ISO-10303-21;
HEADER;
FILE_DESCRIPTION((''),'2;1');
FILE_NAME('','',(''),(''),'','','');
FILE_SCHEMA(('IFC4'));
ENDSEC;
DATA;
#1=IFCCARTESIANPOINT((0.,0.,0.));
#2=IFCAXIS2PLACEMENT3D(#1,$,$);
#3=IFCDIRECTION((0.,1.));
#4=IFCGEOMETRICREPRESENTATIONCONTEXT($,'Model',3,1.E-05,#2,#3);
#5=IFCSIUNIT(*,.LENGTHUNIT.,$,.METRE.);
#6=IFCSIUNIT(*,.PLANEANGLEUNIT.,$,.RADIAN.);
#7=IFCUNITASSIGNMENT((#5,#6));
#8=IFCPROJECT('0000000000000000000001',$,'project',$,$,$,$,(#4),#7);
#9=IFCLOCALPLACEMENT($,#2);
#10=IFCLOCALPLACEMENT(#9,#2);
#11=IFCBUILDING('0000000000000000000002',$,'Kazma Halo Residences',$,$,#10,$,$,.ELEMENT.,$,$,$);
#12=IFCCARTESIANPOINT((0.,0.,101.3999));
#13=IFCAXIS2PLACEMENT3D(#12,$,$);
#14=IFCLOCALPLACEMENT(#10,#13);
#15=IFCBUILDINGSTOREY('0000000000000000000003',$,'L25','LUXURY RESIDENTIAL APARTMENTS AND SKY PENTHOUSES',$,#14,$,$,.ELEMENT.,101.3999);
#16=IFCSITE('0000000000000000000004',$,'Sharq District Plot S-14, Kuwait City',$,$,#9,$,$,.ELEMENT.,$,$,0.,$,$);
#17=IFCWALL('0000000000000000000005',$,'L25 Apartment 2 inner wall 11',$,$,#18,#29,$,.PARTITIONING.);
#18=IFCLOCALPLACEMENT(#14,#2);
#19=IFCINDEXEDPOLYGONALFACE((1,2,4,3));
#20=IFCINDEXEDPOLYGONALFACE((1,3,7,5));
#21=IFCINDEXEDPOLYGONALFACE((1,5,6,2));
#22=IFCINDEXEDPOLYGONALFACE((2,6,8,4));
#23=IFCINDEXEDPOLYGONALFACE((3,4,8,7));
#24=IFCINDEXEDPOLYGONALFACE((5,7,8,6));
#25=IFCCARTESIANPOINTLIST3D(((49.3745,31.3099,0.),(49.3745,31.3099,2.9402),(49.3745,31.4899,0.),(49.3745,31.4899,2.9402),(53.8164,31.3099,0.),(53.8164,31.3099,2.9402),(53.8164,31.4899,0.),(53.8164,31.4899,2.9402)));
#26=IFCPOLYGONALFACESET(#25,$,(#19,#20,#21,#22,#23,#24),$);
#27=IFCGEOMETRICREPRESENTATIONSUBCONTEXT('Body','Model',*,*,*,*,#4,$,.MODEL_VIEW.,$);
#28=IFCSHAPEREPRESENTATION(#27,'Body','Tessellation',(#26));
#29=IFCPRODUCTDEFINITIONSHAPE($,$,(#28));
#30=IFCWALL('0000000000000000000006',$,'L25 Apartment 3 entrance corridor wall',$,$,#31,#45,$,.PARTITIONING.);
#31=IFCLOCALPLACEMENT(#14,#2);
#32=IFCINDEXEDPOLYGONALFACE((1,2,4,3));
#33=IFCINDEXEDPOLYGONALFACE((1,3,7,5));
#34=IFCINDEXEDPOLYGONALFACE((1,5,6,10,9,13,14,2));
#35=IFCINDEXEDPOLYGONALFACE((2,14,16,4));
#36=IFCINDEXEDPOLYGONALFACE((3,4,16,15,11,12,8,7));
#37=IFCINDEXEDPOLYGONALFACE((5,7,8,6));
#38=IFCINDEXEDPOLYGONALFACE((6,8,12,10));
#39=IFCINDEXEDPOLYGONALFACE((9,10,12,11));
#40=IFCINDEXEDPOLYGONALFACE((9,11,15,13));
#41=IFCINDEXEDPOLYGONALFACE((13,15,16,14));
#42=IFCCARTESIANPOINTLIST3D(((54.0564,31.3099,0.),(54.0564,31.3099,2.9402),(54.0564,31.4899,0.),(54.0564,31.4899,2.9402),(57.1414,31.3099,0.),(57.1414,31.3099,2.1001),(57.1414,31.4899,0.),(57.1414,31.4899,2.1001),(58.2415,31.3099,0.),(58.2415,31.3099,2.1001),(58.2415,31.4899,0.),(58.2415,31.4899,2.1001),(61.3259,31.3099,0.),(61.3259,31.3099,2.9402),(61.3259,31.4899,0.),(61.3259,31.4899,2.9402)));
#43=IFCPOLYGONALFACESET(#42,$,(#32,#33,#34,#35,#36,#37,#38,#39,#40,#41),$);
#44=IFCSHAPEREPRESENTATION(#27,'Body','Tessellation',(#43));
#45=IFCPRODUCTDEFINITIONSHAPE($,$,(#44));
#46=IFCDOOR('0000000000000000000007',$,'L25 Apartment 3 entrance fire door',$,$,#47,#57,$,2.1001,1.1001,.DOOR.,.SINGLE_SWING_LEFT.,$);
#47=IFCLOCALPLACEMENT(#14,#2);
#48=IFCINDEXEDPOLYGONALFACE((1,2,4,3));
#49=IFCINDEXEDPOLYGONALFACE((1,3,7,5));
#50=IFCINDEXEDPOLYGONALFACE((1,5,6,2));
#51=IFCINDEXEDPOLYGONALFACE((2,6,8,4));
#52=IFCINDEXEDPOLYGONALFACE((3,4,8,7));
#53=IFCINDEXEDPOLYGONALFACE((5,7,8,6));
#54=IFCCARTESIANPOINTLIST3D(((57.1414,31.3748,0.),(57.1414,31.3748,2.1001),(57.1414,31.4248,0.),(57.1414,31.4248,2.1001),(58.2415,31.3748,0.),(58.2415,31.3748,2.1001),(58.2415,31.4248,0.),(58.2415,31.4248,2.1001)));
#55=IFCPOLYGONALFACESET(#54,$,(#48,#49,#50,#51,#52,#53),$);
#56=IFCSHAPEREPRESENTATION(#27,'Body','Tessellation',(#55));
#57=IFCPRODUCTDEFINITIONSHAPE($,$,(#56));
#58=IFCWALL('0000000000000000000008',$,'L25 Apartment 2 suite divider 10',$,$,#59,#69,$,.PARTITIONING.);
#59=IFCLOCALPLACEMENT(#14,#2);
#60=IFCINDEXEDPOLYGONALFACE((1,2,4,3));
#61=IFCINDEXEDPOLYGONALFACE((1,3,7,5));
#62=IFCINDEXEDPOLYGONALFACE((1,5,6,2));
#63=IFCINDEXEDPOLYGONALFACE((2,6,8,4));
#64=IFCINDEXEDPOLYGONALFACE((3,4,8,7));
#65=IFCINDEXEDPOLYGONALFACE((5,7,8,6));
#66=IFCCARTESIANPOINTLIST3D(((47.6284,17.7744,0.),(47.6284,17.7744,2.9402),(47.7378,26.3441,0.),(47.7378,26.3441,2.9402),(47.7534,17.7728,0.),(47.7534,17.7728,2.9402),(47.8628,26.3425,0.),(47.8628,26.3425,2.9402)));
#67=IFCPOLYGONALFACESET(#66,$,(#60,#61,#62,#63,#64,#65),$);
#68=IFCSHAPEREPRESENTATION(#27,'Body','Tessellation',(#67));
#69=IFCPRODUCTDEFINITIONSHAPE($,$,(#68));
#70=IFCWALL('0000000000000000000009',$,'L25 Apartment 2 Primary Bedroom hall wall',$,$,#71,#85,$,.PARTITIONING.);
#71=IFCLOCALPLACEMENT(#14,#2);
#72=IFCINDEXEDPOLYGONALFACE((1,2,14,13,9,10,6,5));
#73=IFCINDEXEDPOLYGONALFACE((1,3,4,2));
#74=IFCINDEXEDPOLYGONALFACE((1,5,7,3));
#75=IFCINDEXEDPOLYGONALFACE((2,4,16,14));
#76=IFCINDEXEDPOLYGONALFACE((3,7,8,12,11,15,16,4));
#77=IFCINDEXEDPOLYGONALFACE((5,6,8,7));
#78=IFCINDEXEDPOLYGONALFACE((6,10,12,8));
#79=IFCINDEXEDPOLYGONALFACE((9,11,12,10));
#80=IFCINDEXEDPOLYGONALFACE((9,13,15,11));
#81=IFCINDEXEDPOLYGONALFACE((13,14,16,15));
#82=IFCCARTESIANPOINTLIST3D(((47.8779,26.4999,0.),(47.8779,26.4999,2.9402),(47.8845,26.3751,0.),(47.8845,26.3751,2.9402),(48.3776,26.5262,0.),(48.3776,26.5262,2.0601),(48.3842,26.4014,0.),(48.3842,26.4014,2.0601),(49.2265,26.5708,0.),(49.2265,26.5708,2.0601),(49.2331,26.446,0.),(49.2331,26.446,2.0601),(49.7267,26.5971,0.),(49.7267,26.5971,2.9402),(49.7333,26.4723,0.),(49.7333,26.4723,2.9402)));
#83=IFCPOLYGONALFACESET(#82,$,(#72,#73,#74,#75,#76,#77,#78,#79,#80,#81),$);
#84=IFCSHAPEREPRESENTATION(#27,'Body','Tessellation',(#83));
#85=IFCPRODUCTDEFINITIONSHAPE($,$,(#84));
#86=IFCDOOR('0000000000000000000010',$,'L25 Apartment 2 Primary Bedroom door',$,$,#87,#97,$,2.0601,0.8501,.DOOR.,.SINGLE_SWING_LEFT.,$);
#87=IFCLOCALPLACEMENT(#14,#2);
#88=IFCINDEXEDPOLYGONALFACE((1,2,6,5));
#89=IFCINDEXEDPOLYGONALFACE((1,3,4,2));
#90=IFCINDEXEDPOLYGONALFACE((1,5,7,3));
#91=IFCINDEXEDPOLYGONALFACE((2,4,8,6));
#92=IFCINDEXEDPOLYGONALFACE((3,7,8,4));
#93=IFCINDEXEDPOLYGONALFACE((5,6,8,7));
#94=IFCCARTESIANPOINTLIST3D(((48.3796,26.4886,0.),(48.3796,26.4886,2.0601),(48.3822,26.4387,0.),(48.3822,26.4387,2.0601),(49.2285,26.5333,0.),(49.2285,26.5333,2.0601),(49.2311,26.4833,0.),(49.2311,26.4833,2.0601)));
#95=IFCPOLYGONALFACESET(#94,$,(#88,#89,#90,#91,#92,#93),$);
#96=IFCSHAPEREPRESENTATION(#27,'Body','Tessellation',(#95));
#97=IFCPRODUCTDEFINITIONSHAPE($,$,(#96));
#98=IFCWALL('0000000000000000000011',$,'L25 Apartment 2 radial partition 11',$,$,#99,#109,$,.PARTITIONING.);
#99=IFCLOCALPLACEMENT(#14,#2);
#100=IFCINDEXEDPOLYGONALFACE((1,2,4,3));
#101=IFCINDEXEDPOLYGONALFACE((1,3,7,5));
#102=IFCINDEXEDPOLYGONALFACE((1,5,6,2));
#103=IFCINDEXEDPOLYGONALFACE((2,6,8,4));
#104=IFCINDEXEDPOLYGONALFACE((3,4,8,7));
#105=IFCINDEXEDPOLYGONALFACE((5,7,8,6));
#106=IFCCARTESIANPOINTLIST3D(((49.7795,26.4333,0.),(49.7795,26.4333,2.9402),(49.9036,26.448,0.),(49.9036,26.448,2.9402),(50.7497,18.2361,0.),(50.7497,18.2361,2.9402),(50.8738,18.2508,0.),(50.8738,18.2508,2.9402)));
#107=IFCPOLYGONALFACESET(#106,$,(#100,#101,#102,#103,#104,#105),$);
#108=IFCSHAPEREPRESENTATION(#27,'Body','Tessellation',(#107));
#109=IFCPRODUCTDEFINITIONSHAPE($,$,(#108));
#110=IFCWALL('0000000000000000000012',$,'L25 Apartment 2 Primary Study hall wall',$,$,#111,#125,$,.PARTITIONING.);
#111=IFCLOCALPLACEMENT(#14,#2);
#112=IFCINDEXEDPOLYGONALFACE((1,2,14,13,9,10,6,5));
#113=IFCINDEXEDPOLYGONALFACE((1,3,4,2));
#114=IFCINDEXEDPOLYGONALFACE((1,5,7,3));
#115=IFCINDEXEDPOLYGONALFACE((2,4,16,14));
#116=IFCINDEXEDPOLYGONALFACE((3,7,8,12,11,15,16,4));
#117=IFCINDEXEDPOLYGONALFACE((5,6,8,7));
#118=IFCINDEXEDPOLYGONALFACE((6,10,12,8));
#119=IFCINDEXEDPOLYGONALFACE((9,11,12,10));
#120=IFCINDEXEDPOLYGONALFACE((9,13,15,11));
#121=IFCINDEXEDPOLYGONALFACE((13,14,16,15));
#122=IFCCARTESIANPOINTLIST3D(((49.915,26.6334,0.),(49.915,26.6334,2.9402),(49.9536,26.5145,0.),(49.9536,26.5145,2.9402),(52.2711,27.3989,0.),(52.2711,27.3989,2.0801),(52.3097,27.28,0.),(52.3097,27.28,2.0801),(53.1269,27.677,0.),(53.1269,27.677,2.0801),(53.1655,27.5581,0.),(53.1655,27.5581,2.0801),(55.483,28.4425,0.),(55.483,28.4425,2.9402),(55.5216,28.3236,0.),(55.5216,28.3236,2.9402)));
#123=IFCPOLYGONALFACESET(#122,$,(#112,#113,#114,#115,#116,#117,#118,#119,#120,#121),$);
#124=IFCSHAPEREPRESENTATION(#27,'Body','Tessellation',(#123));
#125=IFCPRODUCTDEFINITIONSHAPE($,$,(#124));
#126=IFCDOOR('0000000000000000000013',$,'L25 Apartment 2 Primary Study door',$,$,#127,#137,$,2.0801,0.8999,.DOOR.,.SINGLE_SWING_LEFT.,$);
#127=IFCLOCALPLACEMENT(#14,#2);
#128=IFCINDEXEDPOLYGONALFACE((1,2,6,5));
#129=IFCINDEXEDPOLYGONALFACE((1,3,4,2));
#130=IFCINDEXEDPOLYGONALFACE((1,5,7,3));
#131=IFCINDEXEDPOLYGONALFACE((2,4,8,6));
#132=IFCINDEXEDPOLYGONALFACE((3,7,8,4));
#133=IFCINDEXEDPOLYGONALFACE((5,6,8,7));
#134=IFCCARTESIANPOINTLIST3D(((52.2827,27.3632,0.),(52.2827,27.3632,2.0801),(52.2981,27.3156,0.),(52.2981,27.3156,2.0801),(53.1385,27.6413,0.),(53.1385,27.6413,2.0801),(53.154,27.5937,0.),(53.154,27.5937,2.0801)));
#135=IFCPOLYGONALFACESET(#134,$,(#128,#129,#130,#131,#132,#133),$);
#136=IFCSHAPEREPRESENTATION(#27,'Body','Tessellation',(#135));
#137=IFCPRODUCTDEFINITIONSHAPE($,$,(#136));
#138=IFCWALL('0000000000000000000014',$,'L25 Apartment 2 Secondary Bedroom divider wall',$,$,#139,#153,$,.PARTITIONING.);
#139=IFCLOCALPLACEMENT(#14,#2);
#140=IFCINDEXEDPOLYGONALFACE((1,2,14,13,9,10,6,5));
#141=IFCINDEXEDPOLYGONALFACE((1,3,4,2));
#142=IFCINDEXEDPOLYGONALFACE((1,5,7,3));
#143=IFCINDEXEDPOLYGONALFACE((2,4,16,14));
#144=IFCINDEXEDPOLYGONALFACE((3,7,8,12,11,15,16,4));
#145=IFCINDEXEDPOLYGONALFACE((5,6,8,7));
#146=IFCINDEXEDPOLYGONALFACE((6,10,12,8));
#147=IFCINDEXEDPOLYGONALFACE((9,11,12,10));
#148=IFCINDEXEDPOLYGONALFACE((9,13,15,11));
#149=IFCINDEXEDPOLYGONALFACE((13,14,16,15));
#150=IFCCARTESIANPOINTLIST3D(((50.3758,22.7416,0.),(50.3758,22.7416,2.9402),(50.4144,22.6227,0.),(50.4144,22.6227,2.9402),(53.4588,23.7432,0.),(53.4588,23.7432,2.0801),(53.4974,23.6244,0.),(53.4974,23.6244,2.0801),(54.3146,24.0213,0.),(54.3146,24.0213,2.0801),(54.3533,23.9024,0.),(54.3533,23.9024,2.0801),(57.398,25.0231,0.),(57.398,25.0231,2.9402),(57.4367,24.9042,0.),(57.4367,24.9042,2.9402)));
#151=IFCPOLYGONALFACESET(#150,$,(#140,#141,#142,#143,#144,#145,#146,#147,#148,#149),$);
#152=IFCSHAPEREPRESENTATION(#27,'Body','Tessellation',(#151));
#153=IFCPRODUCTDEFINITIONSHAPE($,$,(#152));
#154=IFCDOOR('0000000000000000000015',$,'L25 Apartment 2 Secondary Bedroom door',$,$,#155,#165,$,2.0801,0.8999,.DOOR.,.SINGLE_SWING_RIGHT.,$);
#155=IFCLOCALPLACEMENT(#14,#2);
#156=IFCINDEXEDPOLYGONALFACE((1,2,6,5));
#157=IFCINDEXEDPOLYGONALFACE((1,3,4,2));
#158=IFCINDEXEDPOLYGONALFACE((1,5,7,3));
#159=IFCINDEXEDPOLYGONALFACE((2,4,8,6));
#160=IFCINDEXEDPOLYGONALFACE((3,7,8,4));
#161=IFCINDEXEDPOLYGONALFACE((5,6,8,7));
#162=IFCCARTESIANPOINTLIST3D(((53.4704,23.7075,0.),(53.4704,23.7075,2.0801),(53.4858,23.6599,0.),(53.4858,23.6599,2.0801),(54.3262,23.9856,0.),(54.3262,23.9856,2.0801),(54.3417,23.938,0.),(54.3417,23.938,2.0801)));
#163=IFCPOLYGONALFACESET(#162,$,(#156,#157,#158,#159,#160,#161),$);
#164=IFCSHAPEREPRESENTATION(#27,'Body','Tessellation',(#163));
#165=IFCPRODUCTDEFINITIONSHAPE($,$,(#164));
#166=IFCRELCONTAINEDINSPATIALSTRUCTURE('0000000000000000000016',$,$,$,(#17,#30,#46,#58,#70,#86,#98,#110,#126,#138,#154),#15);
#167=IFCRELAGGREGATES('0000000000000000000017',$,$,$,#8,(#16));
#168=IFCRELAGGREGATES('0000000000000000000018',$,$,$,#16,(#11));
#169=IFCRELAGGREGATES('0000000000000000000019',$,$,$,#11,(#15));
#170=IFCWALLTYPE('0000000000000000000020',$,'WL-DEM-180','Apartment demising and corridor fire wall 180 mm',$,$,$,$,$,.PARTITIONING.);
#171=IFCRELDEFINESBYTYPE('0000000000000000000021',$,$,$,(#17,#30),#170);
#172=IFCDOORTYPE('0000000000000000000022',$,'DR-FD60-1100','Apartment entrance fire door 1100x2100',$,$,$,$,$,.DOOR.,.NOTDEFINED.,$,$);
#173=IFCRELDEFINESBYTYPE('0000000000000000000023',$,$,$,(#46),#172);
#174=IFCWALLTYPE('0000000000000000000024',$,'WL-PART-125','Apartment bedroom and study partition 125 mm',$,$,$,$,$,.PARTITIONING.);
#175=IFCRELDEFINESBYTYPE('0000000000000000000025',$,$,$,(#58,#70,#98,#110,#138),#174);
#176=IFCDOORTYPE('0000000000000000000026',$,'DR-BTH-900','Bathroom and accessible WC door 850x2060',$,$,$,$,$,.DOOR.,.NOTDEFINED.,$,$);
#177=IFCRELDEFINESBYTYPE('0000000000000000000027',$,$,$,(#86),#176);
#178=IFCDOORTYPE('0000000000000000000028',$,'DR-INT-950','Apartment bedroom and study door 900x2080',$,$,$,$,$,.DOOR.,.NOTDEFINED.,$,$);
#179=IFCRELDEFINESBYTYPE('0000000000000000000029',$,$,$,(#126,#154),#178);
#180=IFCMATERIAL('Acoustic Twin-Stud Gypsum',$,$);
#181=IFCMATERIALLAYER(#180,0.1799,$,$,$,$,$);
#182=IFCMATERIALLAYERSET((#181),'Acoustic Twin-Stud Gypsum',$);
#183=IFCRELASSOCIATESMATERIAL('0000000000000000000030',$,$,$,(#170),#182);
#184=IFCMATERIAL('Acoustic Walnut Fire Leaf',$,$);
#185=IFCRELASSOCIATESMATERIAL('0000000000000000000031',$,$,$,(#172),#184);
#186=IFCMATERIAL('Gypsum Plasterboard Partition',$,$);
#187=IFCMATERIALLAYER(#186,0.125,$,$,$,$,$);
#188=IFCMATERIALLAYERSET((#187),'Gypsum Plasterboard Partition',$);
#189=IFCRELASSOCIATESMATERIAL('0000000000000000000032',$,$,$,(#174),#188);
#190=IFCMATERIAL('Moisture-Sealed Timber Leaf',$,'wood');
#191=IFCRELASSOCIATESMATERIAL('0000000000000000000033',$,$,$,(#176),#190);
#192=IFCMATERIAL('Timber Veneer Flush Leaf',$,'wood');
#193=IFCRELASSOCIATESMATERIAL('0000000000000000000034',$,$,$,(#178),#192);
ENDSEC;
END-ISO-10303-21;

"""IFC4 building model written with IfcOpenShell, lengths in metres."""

from ifc_helpers import new_model, si_unit, direction, frame, frame_2d, origin, place, context, subcontext, project, spatial, rectangle, extrude, material, layer, layer_set, type_object, element, fill, save


model = new_model("IFC4")

# Units and contexts
model_context = context("Model", 3, precision=1e-05, world=origin(), true_north=direction((0.0, 1.0)))
body_context = subcontext(model_context, "Body", "Model", "MODEL_VIEW")
ifc_project = project(units=[si_unit("LENGTHUNIT", "METRE"), si_unit("PLANEANGLEUNIT", "RADIAN")], contexts=[model_context])

# Site, building, storey
site_placement = place(None, origin())
site = spatial("IfcSite", under=ifc_project, at=site_placement, Name="Sharq District Plot S-14, Kuwait City", CompositionType="ELEMENT", RefElevation=0.0)
building_placement = place(site_placement, origin())
building = spatial("IfcBuilding", under=site, at=building_placement, Name="Kazma Halo Residences", CompositionType="ELEMENT")
storey_placement = place(building_placement, frame((0.0, 0.0, 101.3999)))
storey = spatial("IfcBuildingStorey", under=building, at=storey_placement, Name="L25", Description="LUXURY RESIDENTIAL APARTMENTS AND SKY PENTHOUSES", CompositionType="ELEMENT", Elevation=101.3999)

# Wall
ifc_material_1 = material(Name="Acoustic Twin-Stud Gypsum")
ifc_layer_1 = layer(ifc_material_1, 0.1799)
ifc_layer_set_1 = layer_set([ifc_layer_1], Name="Acoustic Twin-Stud Gypsum")
wall_type_1 = type_object("IfcWallType", Name="WL-DEM-180", Description="Apartment demising and corridor fire wall 180 mm", PredefinedType="PARTITIONING", material=ifc_layer_set_1)
wall_1_placement = place(storey_placement, frame((49.3745, 31.3999, 0.0), z_axis=(0.0, 0.0, 1.0), x_axis=(1.0, 0.0, 0.0)))
element("IfcWall", 1, at=wall_1_placement, inside=storey, type_object=wall_type_1, Name="L25 Apartment 2 inner wall 11", PredefinedType="PARTITIONING", context=body_context, shape_type="SweptSolid", body=[
    extrude(rectangle(XDim=4.4419, YDim=0.1799, at=frame_2d((2.2209, 0.0))), origin(), (0.0, 0.0, 1.0), 2.9402),
])

# Wall, opening, door
wall_2_placement = place(storey_placement, frame((54.0564, 31.3999, 0.0), z_axis=(0.0, 0.0, 1.0), x_axis=(1.0, 0.0, 0.0)))
wall_2 = element("IfcWall", 2, at=wall_2_placement, inside=storey, type_object=wall_type_1, Name="L25 Apartment 3 entrance corridor wall", PredefinedType="PARTITIONING", context=body_context, shape_type="SweptSolid", body=[
    extrude(rectangle(XDim=7.2695, YDim=0.1799, at=frame_2d((3.6348, 0.0))), origin(), (0.0, 0.0, 1.0), 2.9402),
])
opening_1_placement = place(wall_2_placement, frame((3.085, 0.0, 0.0)))
opening_1 = element("IfcOpeningElement", 3, at=opening_1_placement, cuts=wall_2, PredefinedType="OPENING", context=body_context, shape_type="SweptSolid", body=[
    extrude(rectangle(XDim=1.1001, YDim=2.1001, at=frame_2d((0.55, 1.05))), frame((0.0, 0.0999, 0.0), z_axis=(0.0, -1.0, 0.0), x_axis=(1.0, 0.0, 0.0)), (0.0, 0.0, 1.0), 0.2),
])
ifc_material_2 = material(Name="Acoustic Walnut Fire Leaf")
door_type_1 = type_object("IfcDoorType", Name="DR-FD60-1100", Description="Apartment entrance fire door 1100x2100", OperationType="NOTDEFINED", PredefinedType="DOOR", material=ifc_material_2)
door_1_placement = place(opening_1_placement, origin())
door_1 = element("IfcDoor", 4, at=door_1_placement, inside=storey, type_object=door_type_1, Name="L25 Apartment 3 entrance fire door", OperationType="SINGLE_SWING_LEFT", OverallHeight=2.1001, OverallWidth=1.1001, PredefinedType="DOOR", context=body_context, shape_type="SweptSolid", body=[
    extrude(rectangle(XDim=1.1001, YDim=2.1001, at=frame_2d((0.55, 1.05))), frame((0.0, 0.0249, 0.0), z_axis=(0.0, -1.0, 0.0), x_axis=(1.0, 0.0, 0.0)), (0.0, 0.0, 1.0), 0.05),
])
fill(opening_1, door_1)

# Wall
ifc_material_3 = material(Name="Gypsum Plasterboard Partition")
ifc_layer_2 = layer(ifc_material_3, 0.125)
ifc_layer_set_2 = layer_set([ifc_layer_2], Name="Gypsum Plasterboard Partition")
wall_type_2 = type_object("IfcWallType", Name="WL-PART-125", Description="Apartment bedroom and study partition 125 mm", PredefinedType="PARTITIONING", material=ifc_layer_set_2)
wall_3_placement = place(storey_placement, frame((47.8003, 26.3433, 0.0), z_axis=(0.0, 0.0, 1.0), x_axis=(-0.012762, -0.999919, 0.0)))
element("IfcWall", 5, at=wall_3_placement, inside=storey, type_object=wall_type_2, Name="L25 Apartment 2 suite divider 10", PredefinedType="PARTITIONING", context=body_context, shape_type="SweptSolid", body=[
    extrude(rectangle(XDim=8.5703, YDim=0.125, at=frame_2d((4.2852, 0.0))), origin(), (0.0, 0.0, 1.0), 2.9402),
])

# Wall, opening, door
wall_4_placement = place(storey_placement, frame((47.8811, 26.4375, 0.0), z_axis=(0.0, 0.0, 1.0), x_axis=(0.998622, 0.052483, 0.0)))
wall_4 = element("IfcWall", 6, at=wall_4_placement, inside=storey, type_object=wall_type_2, Name="L25 Apartment 2 Primary Bedroom hall wall", PredefinedType="PARTITIONING", context=body_context, shape_type="SweptSolid", body=[
    extrude(rectangle(XDim=1.8513, YDim=0.125, at=frame_2d((0.9258, 0.0))), origin(), (0.0, 0.0, 1.0), 2.9402),
])
opening_2_placement = place(wall_4_placement, frame((0.5005, 0.0, 0.0)))
opening_2 = element("IfcOpeningElement", 7, at=opening_2_placement, cuts=wall_4, PredefinedType="OPENING", context=body_context, shape_type="SweptSolid", body=[
    extrude(rectangle(XDim=0.8501, YDim=2.0601, at=frame_2d((0.425, 1.03))), frame((0.0, 0.0725, 0.0), z_axis=(0.0, -1.0, 0.0), x_axis=(1.0, 0.0, 0.0)), (0.0, 0.0, 1.0), 0.145),
])
ifc_material_4 = material(Name="Moisture-Sealed Timber Leaf", Category="wood")
door_type_2 = type_object("IfcDoorType", Name="DR-BTH-900", Description="Bathroom and accessible WC door 850x2060", OperationType="NOTDEFINED", PredefinedType="DOOR", material=ifc_material_4)
door_2_placement = place(opening_2_placement, origin())
door_2 = element("IfcDoor", 8, at=door_2_placement, inside=storey, type_object=door_type_2, Name="L25 Apartment 2 Primary Bedroom door", OperationType="SINGLE_SWING_LEFT", OverallHeight=2.0601, OverallWidth=0.8501, PredefinedType="DOOR", context=body_context, shape_type="SweptSolid", body=[
    extrude(rectangle(XDim=0.8501, YDim=2.0601, at=frame_2d((0.425, 1.03))), frame((0.0, 0.0249, 0.0), z_axis=(0.0, -1.0, 0.0), x_axis=(1.0, 0.0, 0.0)), (0.0, 0.0, 1.0), 0.05),
])
fill(opening_2, door_2)

# Wall
wall_5_placement = place(storey_placement, frame((49.8416, 26.4407, 0.0), z_axis=(0.0, 0.0, 1.0), x_axis=(0.117538, -0.993068, 0.0)))
element("IfcWall", 9, at=wall_5_placement, inside=storey, type_object=wall_type_2, Name="L25 Apartment 2 radial partition 11", PredefinedType="PARTITIONING", context=body_context, shape_type="SweptSolid", body=[
    extrude(rectangle(XDim=8.2544, YDim=0.125, at=frame_2d((4.1272, 0.0))), origin(), (0.0, 0.0, 1.0), 2.9402),
])

# Walls, openings, doors
wall_6_placement = place(storey_placement, frame((49.9343, 26.574, 0.0), z_axis=(0.0, 0.0, 1.0), x_axis=(0.951058, 0.309013, 0.0)))
wall_6 = element("IfcWall", 10, at=wall_6_placement, inside=storey, type_object=wall_type_2, Name="L25 Apartment 2 Primary Study hall wall", PredefinedType="PARTITIONING", context=body_context, shape_type="SweptSolid", body=[
    extrude(rectangle(XDim=5.8545, YDim=0.125, at=frame_2d((2.9272, 0.0))), origin(), (0.0, 0.0, 1.0), 2.9402),
])
opening_3_placement = place(wall_6_placement, frame((2.4773, 0.0, 0.0)))
opening_3 = element("IfcOpeningElement", 11, at=opening_3_placement, cuts=wall_6, PredefinedType="OPENING", context=body_context, shape_type="SweptSolid", body=[
    extrude(rectangle(XDim=0.8999, YDim=2.0801, at=frame_2d((0.45, 1.04))), frame((0.0, 0.0725, 0.0), z_axis=(0.0, -1.0, 0.0), x_axis=(1.0, 0.0, 0.0)), (0.0, 0.0, 1.0), 0.145),
])
ifc_material_5 = material(Name="Timber Veneer Flush Leaf", Category="wood")
door_type_3 = type_object("IfcDoorType", Name="DR-INT-950", Description="Apartment bedroom and study door 900x2080", OperationType="NOTDEFINED", PredefinedType="DOOR", material=ifc_material_5)
door_3_placement = place(opening_3_placement, origin())
door_3 = element("IfcDoor", 12, at=door_3_placement, inside=storey, type_object=door_type_3, Name="L25 Apartment 2 Primary Study door", OperationType="SINGLE_SWING_LEFT", OverallHeight=2.0801, OverallWidth=0.8999, PredefinedType="DOOR", context=body_context, shape_type="SweptSolid", body=[
    extrude(rectangle(XDim=0.8999, YDim=2.0801, at=frame_2d((0.45, 1.04))), frame((0.0, 0.0249, 0.0), z_axis=(0.0, -1.0, 0.0), x_axis=(1.0, 0.0, 0.0)), (0.0, 0.0, 1.0), 0.05),
])
fill(opening_3, door_3)
wall_7_placement = place(storey_placement, frame((50.395, 22.6821, 0.0), z_axis=(0.0, 0.0, 1.0), x_axis=(0.951063, 0.308997, 0.0)))
wall_7 = element("IfcWall", 13, at=wall_7_placement, inside=storey, type_object=wall_type_2, Name="L25 Apartment 2 Secondary Bedroom divider wall", PredefinedType="PARTITIONING", context=body_context, shape_type="SweptSolid", body=[
    extrude(rectangle(XDim=7.3835, YDim=0.125, at=frame_2d((3.6919, 0.0))), origin(), (0.0, 0.0, 1.0), 2.9402),
])
opening_4_placement = place(wall_7_placement, frame((3.2417, 0.0, 0.0)))
opening_4 = element("IfcOpeningElement", 14, at=opening_4_placement, cuts=wall_7, PredefinedType="OPENING", context=body_context, shape_type="SweptSolid", body=[
    extrude(rectangle(XDim=0.8999, YDim=2.0801, at=frame_2d((0.45, 1.04))), frame((0.0, 0.0725, 0.0), z_axis=(0.0, -1.0, 0.0), x_axis=(1.0, 0.0, 0.0)), (0.0, 0.0, 1.0), 0.145),
])
door_4_placement = place(opening_4_placement, origin())
door_4 = element("IfcDoor", 15, at=door_4_placement, inside=storey, type_object=door_type_3, Name="L25 Apartment 2 Secondary Bedroom door", OperationType="SINGLE_SWING_RIGHT", OverallHeight=2.0801, OverallWidth=0.8999, PredefinedType="DOOR", context=body_context, shape_type="SweptSolid", body=[
    extrude(rectangle(XDim=0.8999, YDim=2.0801, at=frame_2d((0.45, 1.04))), frame((0.0, 0.0249, 0.0), z_axis=(0.0, -1.0, 0.0), x_axis=(1.0, 0.0, 0.0)), (0.0, 0.0, 1.0), 0.05),
])
fill(opening_4, door_4)

save(model, "model.ifc")
